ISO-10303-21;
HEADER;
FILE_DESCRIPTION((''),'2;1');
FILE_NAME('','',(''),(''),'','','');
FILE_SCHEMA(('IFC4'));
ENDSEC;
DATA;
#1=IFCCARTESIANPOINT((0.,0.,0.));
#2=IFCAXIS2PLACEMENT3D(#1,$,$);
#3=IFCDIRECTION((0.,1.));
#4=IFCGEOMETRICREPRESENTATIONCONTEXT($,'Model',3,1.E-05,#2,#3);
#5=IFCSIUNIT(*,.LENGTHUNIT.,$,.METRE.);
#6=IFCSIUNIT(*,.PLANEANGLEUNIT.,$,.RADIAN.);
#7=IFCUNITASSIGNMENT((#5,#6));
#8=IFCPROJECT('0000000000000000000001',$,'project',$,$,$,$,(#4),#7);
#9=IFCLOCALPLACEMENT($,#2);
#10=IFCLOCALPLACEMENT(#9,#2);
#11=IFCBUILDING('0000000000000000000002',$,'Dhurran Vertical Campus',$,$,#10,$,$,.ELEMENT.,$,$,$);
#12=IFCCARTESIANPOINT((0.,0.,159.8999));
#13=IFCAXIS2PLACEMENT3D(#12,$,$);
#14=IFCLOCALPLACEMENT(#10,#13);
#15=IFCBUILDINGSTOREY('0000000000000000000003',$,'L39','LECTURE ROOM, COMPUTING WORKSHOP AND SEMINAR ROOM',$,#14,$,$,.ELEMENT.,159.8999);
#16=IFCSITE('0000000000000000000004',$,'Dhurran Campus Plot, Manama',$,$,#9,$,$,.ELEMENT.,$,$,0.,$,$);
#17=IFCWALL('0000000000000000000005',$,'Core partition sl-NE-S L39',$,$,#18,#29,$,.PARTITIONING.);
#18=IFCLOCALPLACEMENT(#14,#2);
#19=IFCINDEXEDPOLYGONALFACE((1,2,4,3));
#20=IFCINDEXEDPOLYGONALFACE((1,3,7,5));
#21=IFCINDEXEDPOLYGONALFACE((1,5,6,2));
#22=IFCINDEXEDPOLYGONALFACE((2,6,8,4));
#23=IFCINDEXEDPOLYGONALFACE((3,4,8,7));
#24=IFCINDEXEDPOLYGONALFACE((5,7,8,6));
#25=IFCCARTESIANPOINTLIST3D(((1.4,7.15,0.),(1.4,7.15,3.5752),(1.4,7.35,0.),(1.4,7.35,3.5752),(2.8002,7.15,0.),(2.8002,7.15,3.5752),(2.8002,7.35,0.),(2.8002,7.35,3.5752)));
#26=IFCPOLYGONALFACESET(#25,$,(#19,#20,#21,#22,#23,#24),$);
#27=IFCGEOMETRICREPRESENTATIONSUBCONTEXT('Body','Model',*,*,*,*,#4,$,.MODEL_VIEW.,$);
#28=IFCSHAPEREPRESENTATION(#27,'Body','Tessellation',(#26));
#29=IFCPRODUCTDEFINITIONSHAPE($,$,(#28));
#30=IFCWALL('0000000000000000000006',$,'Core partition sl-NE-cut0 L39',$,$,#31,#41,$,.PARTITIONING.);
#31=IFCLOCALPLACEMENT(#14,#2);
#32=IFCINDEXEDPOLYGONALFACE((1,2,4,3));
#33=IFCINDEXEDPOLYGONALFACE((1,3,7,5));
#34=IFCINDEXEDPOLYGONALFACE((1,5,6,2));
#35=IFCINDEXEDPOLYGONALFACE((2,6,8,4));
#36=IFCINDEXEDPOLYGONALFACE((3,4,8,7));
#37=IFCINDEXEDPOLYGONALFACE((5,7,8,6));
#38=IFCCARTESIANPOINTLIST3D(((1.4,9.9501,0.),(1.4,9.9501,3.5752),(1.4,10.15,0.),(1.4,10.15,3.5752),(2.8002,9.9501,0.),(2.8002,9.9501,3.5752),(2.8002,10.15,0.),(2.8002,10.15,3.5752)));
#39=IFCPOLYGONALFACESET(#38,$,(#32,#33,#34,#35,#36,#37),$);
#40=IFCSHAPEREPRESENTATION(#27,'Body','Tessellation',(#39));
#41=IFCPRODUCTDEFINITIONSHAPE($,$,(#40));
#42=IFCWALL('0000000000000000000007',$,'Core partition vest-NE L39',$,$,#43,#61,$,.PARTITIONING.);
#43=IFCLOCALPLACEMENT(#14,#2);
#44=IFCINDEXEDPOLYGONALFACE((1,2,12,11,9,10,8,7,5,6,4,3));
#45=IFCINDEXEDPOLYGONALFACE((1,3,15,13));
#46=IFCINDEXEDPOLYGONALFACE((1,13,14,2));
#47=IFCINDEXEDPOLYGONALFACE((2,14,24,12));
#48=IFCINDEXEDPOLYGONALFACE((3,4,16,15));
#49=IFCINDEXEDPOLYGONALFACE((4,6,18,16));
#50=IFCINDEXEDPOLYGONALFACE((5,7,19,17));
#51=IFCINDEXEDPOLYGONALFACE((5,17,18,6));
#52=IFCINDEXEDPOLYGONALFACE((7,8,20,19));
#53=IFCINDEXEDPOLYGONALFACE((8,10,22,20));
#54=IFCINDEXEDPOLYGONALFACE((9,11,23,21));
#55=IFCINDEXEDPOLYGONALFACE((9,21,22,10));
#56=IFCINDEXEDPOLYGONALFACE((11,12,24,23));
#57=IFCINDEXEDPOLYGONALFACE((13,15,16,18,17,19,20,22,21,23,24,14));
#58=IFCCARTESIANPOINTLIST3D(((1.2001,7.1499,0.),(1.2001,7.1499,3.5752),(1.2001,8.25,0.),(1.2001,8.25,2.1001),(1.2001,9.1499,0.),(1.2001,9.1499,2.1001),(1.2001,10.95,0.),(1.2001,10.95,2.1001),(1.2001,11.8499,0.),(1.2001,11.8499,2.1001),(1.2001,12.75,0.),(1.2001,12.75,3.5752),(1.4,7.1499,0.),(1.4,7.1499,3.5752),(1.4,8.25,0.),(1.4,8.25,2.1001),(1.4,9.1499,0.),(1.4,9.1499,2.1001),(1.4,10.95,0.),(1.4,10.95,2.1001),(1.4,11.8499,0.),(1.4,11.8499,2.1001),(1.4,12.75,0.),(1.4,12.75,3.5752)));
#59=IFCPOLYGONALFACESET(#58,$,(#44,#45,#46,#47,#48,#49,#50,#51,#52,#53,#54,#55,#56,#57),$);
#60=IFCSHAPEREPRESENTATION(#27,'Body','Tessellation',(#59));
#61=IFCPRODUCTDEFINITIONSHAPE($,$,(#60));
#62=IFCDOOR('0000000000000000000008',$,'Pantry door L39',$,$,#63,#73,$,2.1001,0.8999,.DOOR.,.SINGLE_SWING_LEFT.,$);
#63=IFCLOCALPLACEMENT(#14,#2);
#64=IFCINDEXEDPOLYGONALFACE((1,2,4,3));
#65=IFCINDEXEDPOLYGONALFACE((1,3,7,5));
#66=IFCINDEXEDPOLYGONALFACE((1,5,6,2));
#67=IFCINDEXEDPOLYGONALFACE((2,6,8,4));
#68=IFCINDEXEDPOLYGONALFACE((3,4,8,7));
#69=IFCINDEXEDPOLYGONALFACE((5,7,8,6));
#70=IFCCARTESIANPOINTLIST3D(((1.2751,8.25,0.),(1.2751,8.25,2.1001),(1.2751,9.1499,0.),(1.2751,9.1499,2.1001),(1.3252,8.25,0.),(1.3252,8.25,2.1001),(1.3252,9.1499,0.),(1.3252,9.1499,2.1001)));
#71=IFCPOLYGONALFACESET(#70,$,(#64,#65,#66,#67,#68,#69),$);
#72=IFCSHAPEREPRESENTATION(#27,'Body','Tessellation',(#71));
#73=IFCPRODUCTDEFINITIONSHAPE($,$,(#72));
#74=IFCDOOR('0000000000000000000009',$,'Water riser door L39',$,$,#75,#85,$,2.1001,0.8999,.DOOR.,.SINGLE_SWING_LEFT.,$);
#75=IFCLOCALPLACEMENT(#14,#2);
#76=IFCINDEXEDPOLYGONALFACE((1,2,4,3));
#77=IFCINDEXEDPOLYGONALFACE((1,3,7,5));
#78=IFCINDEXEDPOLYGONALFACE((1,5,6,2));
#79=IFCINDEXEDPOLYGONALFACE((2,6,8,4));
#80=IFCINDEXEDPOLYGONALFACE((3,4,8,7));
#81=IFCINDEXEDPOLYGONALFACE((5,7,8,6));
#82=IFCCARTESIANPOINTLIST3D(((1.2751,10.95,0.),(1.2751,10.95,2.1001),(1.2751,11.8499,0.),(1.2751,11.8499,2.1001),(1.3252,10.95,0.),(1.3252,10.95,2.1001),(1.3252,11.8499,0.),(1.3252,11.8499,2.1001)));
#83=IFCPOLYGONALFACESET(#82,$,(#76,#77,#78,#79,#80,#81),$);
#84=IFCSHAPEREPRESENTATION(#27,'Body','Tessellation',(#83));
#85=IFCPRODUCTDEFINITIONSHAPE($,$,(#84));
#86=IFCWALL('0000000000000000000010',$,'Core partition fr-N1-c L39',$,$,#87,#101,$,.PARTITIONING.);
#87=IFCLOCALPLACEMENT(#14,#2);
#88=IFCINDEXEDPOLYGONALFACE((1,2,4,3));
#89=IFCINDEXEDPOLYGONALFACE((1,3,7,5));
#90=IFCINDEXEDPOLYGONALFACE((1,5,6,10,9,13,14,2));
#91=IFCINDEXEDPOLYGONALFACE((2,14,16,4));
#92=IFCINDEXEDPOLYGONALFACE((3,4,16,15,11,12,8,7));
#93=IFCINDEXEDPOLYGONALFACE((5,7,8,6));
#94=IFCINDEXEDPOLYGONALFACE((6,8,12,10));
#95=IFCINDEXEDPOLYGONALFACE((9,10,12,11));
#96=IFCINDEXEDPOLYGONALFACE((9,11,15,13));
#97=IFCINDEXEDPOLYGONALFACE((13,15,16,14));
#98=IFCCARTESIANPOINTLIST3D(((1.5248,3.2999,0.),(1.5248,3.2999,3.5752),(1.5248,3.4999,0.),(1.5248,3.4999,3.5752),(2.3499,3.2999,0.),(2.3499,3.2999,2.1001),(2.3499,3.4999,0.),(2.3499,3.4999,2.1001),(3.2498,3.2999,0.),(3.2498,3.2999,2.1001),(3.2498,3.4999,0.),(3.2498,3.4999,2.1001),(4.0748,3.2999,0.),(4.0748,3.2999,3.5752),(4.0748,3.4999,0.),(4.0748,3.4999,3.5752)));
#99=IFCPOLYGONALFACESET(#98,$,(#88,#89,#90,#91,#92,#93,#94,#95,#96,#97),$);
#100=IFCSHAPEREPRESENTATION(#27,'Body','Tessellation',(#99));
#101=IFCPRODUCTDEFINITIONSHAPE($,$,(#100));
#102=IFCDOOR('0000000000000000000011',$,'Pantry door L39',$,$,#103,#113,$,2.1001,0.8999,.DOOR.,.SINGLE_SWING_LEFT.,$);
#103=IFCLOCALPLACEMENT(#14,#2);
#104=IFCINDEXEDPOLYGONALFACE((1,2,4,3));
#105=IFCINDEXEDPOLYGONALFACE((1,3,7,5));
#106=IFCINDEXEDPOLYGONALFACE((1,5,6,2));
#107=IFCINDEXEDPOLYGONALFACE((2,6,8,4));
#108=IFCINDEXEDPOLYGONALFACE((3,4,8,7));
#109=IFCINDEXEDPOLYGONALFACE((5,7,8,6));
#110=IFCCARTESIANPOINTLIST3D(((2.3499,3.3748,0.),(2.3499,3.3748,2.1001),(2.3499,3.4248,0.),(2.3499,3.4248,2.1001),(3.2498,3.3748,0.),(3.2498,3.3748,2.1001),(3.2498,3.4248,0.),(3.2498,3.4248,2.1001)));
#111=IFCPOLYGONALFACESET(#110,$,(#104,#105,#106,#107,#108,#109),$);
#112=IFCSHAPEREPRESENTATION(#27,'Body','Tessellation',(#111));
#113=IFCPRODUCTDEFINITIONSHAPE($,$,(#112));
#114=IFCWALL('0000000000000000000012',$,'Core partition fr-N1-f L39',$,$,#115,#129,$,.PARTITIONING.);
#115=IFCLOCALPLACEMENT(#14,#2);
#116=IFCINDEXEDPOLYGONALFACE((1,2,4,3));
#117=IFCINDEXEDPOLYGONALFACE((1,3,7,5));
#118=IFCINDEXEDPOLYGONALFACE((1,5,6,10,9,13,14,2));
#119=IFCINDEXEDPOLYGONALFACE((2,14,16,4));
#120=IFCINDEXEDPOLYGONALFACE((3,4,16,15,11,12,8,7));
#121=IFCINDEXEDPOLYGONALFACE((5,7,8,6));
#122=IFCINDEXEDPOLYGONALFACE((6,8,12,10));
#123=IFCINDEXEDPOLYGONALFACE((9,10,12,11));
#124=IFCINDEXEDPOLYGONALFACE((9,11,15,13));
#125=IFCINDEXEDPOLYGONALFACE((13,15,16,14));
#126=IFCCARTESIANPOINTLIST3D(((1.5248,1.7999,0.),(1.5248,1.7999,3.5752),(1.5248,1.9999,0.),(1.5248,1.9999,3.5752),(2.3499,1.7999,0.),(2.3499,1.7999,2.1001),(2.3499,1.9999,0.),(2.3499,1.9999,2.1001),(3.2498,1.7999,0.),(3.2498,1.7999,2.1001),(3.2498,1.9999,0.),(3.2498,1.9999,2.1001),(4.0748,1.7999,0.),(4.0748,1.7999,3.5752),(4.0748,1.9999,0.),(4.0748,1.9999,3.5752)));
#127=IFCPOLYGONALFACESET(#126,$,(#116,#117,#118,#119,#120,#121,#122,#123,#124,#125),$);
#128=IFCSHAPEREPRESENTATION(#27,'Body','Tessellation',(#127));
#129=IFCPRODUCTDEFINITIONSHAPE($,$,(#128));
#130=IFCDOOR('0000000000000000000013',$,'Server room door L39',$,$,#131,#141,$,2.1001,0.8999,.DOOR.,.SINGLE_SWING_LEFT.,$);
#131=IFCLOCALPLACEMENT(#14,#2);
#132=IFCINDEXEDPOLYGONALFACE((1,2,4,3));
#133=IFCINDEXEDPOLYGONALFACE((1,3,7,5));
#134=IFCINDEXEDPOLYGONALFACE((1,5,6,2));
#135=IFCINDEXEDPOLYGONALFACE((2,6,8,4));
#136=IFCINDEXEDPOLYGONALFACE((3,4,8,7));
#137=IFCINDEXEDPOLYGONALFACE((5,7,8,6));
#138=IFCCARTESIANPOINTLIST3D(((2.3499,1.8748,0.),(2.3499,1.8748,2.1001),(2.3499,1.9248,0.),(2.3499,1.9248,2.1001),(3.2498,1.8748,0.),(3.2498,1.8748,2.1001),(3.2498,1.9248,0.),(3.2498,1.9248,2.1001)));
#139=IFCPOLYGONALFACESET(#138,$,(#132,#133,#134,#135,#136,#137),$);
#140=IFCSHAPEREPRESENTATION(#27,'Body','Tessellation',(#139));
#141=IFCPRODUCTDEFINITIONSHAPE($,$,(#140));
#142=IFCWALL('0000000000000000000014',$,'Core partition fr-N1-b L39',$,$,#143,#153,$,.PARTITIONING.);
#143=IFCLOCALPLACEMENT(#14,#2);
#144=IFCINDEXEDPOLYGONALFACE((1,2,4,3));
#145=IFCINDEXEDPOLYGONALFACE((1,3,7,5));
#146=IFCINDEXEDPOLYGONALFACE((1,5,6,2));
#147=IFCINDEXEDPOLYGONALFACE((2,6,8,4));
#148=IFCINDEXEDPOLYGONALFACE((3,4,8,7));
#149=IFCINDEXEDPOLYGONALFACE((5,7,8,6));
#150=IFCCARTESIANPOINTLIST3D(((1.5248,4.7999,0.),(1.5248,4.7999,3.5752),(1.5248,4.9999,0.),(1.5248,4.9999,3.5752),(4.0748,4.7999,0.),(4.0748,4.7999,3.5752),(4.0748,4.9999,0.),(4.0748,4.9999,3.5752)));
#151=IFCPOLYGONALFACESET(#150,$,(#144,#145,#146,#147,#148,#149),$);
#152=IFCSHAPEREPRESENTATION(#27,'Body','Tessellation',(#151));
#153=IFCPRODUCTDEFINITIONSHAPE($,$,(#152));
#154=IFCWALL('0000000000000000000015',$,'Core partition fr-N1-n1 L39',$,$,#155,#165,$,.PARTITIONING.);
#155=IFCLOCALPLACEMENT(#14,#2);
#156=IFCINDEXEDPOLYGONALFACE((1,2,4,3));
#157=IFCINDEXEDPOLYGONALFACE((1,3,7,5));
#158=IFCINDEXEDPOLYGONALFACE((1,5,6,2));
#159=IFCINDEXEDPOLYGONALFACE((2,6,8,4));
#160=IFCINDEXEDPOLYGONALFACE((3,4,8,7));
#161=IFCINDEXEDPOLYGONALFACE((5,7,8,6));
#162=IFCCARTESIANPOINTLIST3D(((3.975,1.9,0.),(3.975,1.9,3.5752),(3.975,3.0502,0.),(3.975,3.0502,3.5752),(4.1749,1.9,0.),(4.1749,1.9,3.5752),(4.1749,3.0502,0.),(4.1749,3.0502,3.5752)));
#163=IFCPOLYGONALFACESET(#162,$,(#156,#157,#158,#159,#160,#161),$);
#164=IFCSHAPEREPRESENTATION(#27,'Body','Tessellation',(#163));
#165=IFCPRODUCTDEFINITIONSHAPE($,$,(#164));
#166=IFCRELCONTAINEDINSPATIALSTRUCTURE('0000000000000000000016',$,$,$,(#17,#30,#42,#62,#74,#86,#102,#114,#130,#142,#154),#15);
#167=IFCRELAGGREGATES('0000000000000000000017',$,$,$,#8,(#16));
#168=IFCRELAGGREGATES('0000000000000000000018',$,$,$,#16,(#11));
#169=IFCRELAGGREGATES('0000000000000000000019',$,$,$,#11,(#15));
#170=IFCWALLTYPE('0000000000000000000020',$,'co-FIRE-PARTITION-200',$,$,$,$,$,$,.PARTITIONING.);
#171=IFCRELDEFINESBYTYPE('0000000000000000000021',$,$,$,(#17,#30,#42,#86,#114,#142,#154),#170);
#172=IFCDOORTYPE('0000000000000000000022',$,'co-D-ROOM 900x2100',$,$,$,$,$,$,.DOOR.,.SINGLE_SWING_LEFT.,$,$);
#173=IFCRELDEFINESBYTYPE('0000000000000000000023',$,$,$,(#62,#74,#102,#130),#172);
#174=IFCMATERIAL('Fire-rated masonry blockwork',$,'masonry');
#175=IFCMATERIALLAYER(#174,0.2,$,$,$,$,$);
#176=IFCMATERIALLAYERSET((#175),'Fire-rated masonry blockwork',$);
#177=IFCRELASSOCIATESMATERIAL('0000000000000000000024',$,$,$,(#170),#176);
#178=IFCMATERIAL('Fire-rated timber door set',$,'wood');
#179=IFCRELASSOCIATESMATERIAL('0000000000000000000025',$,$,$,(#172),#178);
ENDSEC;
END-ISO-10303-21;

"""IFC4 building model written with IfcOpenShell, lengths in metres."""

from ifc_helpers import new_model, si_unit, direction, frame, frame_2d, origin, place, context, subcontext, project, spatial, rectangle, extrude, material, layer, layer_set, type_object, element, fill, save


model = new_model("IFC4")

# Units and contexts
model_context = context("Model", 3, precision=1e-05, world=origin(), true_north=direction((0.0, 1.0)))
body_context = subcontext(model_context, "Body", "Model", "MODEL_VIEW")
ifc_project = project(units=[si_unit("LENGTHUNIT", "METRE"), si_unit("PLANEANGLEUNIT", "RADIAN")], contexts=[model_context])

# Site, building, storey
site_placement = place(None, origin())
site = spatial("IfcSite", under=ifc_project, at=site_placement, Name="Dhurran Campus Plot, Manama", CompositionType="ELEMENT", RefElevation=0.0)
building_placement = place(site_placement, origin())
building = spatial("IfcBuilding", under=site, at=building_placement, Name="Dhurran Vertical Campus", CompositionType="ELEMENT")
storey_placement = place(building_placement, frame((0.0, 0.0, 159.8999)))
storey = spatial("IfcBuildingStorey", under=building, at=storey_placement, Name="L39", Description="LECTURE ROOM, COMPUTING WORKSHOP AND SEMINAR ROOM", CompositionType="ELEMENT", Elevation=159.8999)

# Walls
ifc_material_1 = material(Name="Fire-rated masonry blockwork", Category="masonry")
ifc_layer_1 = layer(ifc_material_1, 0.2)
ifc_layer_set_1 = layer_set([ifc_layer_1], Name="Fire-rated masonry blockwork")
wall_type_1 = type_object("IfcWallType", Name="co-FIRE-PARTITION-200", PredefinedType="PARTITIONING", material=ifc_layer_set_1)
for number, where, z_axis, x_axis, name in (
    (1, (1.3999, 7.25, 0.0), (0.0, 0.0, 1.0), (1.0, 0.0, 0.0), "Core partition sl-NE-S L39"),
    (2, (1.3999, 10.05, 0.0), (0.0, 0.0, 1.0), (1.0, 0.0, 0.0), "Core partition sl-NE-cut0 L39"),
):
    element("IfcWall", number, at=place(storey_placement, frame(where, z_axis=z_axis, x_axis=x_axis)), inside=storey, type_object=wall_type_1, Name=name, PredefinedType="PARTITIONING", context=body_context, shape_type="SweptSolid", body=[
        extrude(rectangle(XDim=1.4001, YDim=0.2, at=frame_2d((0.7002, 0.0))), origin(), (0.0, 0.0, 1.0), 3.5752),
    ])

# Wall, openings, doors
wall_1_placement = place(storey_placement, frame((1.3, 7.1499, 0.0), z_axis=(0.0, 0.0, 1.0), x_axis=(0.0, 1.0, 0.0)))
wall_1 = element("IfcWall", 3, at=wall_1_placement, inside=storey, type_object=wall_type_1, Name="Core partition vest-NE L39", PredefinedType="PARTITIONING", context=body_context, shape_type="SweptSolid", body=[
    extrude(rectangle(XDim=5.6001, YDim=0.2, at=frame_2d((2.8, 0.0))), origin(), (0.0, 0.0, 1.0), 3.5752),
])
opening_1_placement = place(wall_1_placement, frame((1.1001, 0.0, 0.0)))
opening_1 = element("IfcOpeningElement", 4, at=opening_1_placement, cuts=wall_1, PredefinedType="OPENING", context=body_context, shape_type="SweptSolid", body=[
    extrude(rectangle(XDim=0.8999, YDim=2.1001, at=frame_2d((0.45, 1.05))), frame((0.0, 0.1099, 0.0), z_axis=(0.0, -1.0, 0.0), x_axis=(1.0, 0.0, 0.0)), (0.0, 0.0, 1.0), 0.22),
])
opening_2_placement = place(wall_1_placement, frame((3.8, 0.0, 0.0)))
opening_2 = element("IfcOpeningElement", 5, at=opening_2_placement, cuts=wall_1, PredefinedType="OPENING", context=body_context, shape_type="SweptSolid", body=[
    extrude(rectangle(XDim=0.8999, YDim=2.1001, at=frame_2d((0.45, 1.05))), frame((0.0, 0.1099, 0.0), z_axis=(0.0, -1.0, 0.0), x_axis=(1.0, 0.0, 0.0)), (0.0, 0.0, 1.0), 0.22),
])
ifc_material_2 = material(Name="Fire-rated timber door set", Category="wood")
door_type_1 = type_object("IfcDoorType", Name="co-D-ROOM 900x2100", OperationType="SINGLE_SWING_LEFT", PredefinedType="DOOR", material=ifc_material_2)
door_1_placement = place(opening_1_placement, origin())
door_1 = element("IfcDoor", 6, at=door_1_placement, inside=storey, type_object=door_type_1, Name="Pantry door L39", OperationType="SINGLE_SWING_LEFT", OverallHeight=2.1001, OverallWidth=0.8999, PredefinedType="DOOR", context=body_context, shape_type="SweptSolid", body=[
    extrude(rectangle(XDim=0.8999, YDim=2.1001, at=frame_2d((0.45, 1.05))), frame((0.0, 0.0249, 0.0), z_axis=(0.0, -1.0, 0.0), x_axis=(1.0, 0.0, 0.0)), (0.0, 0.0, 1.0), 0.05),
])
fill(opening_1, door_1)
door_2_placement = place(opening_2_placement, origin())
door_2 = element("IfcDoor", 7, at=door_2_placement, inside=storey, type_object=door_type_1, Name="Water riser door L39", OperationType="SINGLE_SWING_LEFT", OverallHeight=2.1001, OverallWidth=0.8999, PredefinedType="DOOR", context=body_context, shape_type="SweptSolid", body=[
    extrude(rectangle(XDim=0.8999, YDim=2.1001, at=frame_2d((0.45, 1.05))), frame((0.0, 0.0249, 0.0), z_axis=(0.0, -1.0, 0.0), x_axis=(1.0, 0.0, 0.0)), (0.0, 0.0, 1.0), 0.05),
])
fill(opening_2, door_2)

# Walls, openings, doors
wall_2_placement = place(storey_placement, frame((1.5249, 3.3999, 0.0), z_axis=(0.0, 0.0, 1.0), x_axis=(1.0, 0.0, 0.0)))
wall_2 = element("IfcWall", 8, at=wall_2_placement, inside=storey, type_object=wall_type_1, Name="Core partition fr-N1-c L39", PredefinedType="PARTITIONING", context=body_context, shape_type="SweptSolid", body=[
    extrude(rectangle(XDim=2.55, YDim=0.2, at=frame_2d((1.2749, 0.0))), origin(), (0.0, 0.0, 1.0), 3.5752),
])
opening_3_placement = place(wall_2_placement, frame((0.825, 0.0, 0.0)))
opening_3 = element("IfcOpeningElement", 9, at=opening_3_placement, cuts=wall_2, PredefinedType="OPENING", context=body_context, shape_type="SweptSolid", body=[
    extrude(rectangle(XDim=0.8999, YDim=2.1001, at=frame_2d((0.45, 1.05))), frame((0.0, 0.1099, 0.0), z_axis=(0.0, -1.0, 0.0), x_axis=(1.0, 0.0, 0.0)), (0.0, 0.0, 1.0), 0.22),
])
door_3_placement = place(opening_3_placement, origin())
door_3 = element("IfcDoor", 10, at=door_3_placement, inside=storey, type_object=door_type_1, Name="Pantry door L39", OperationType="SINGLE_SWING_LEFT", OverallHeight=2.1001, OverallWidth=0.8999, PredefinedType="DOOR", context=body_context, shape_type="SweptSolid", body=[
    extrude(rectangle(XDim=0.8999, YDim=2.1001, at=frame_2d((0.45, 1.05))), frame((0.0, 0.0249, 0.0), z_axis=(0.0, -1.0, 0.0), x_axis=(1.0, 0.0, 0.0)), (0.0, 0.0, 1.0), 0.05),
])
fill(opening_3, door_3)
wall_3_placement = place(storey_placement, frame((1.5249, 1.8999, 0.0), z_axis=(0.0, 0.0, 1.0), x_axis=(1.0, 0.0, 0.0)))
wall_3 = element("IfcWall", 11, at=wall_3_placement, inside=storey, type_object=wall_type_1, Name="Core partition fr-N1-f L39", PredefinedType="PARTITIONING", context=body_context, shape_type="SweptSolid", body=[
    extrude(rectangle(XDim=2.55, YDim=0.2, at=frame_2d((1.2749, 0.0))), origin(), (0.0, 0.0, 1.0), 3.5752),
])
opening_4_placement = place(wall_3_placement, frame((0.825, 0.0, 0.0)))
opening_4 = element("IfcOpeningElement", 12, at=opening_4_placement, cuts=wall_3, PredefinedType="OPENING", context=body_context, shape_type="SweptSolid", body=[
    extrude(rectangle(XDim=0.8999, YDim=2.1001, at=frame_2d((0.45, 1.05))), frame((0.0, 0.1099, 0.0), z_axis=(0.0, -1.0, 0.0), x_axis=(1.0, 0.0, 0.0)), (0.0, 0.0, 1.0), 0.22),
])
door_4_placement = place(opening_4_placement, origin())
door_4 = element("IfcDoor", 13, at=door_4_placement, inside=storey, type_object=door_type_1, Name="Server room door L39", OperationType="SINGLE_SWING_LEFT", OverallHeight=2.1001, OverallWidth=0.8999, PredefinedType="DOOR", context=body_context, shape_type="SweptSolid", body=[
    extrude(rectangle(XDim=0.8999, YDim=2.1001, at=frame_2d((0.45, 1.05))), frame((0.0, 0.0249, 0.0), z_axis=(0.0, -1.0, 0.0), x_axis=(1.0, 0.0, 0.0)), (0.0, 0.0, 1.0), 0.05),
])
fill(opening_4, door_4)

# Walls
wall_4_placement = place(storey_placement, frame((1.5249, 4.8999, 0.0), z_axis=(0.0, 0.0, 1.0), x_axis=(1.0, 0.0, 0.0)))
element("IfcWall", 14, at=wall_4_placement, inside=storey, type_object=wall_type_1, Name="Core partition fr-N1-b L39", PredefinedType="PARTITIONING", context=body_context, shape_type="SweptSolid", body=[
    extrude(rectangle(XDim=2.55, YDim=0.2, at=frame_2d((1.2749, 0.0))), origin(), (0.0, 0.0, 1.0), 3.5752),
])
wall_5_placement = place(storey_placement, frame((4.075, 1.8999, 0.0), z_axis=(0.0, 0.0, 1.0), x_axis=(0.0, 1.0, 0.0)))
element("IfcWall", 15, at=wall_5_placement, inside=storey, type_object=wall_type_1, Name="Core partition fr-N1-n1 L39", PredefinedType="PARTITIONING", context=body_context, shape_type="SweptSolid", body=[
    extrude(rectangle(XDim=1.1501, YDim=0.2, at=frame_2d((0.5752, 0.0))), origin(), (0.0, 0.0, 1.0), 3.5752),
])

save(model, "model.ifc")
